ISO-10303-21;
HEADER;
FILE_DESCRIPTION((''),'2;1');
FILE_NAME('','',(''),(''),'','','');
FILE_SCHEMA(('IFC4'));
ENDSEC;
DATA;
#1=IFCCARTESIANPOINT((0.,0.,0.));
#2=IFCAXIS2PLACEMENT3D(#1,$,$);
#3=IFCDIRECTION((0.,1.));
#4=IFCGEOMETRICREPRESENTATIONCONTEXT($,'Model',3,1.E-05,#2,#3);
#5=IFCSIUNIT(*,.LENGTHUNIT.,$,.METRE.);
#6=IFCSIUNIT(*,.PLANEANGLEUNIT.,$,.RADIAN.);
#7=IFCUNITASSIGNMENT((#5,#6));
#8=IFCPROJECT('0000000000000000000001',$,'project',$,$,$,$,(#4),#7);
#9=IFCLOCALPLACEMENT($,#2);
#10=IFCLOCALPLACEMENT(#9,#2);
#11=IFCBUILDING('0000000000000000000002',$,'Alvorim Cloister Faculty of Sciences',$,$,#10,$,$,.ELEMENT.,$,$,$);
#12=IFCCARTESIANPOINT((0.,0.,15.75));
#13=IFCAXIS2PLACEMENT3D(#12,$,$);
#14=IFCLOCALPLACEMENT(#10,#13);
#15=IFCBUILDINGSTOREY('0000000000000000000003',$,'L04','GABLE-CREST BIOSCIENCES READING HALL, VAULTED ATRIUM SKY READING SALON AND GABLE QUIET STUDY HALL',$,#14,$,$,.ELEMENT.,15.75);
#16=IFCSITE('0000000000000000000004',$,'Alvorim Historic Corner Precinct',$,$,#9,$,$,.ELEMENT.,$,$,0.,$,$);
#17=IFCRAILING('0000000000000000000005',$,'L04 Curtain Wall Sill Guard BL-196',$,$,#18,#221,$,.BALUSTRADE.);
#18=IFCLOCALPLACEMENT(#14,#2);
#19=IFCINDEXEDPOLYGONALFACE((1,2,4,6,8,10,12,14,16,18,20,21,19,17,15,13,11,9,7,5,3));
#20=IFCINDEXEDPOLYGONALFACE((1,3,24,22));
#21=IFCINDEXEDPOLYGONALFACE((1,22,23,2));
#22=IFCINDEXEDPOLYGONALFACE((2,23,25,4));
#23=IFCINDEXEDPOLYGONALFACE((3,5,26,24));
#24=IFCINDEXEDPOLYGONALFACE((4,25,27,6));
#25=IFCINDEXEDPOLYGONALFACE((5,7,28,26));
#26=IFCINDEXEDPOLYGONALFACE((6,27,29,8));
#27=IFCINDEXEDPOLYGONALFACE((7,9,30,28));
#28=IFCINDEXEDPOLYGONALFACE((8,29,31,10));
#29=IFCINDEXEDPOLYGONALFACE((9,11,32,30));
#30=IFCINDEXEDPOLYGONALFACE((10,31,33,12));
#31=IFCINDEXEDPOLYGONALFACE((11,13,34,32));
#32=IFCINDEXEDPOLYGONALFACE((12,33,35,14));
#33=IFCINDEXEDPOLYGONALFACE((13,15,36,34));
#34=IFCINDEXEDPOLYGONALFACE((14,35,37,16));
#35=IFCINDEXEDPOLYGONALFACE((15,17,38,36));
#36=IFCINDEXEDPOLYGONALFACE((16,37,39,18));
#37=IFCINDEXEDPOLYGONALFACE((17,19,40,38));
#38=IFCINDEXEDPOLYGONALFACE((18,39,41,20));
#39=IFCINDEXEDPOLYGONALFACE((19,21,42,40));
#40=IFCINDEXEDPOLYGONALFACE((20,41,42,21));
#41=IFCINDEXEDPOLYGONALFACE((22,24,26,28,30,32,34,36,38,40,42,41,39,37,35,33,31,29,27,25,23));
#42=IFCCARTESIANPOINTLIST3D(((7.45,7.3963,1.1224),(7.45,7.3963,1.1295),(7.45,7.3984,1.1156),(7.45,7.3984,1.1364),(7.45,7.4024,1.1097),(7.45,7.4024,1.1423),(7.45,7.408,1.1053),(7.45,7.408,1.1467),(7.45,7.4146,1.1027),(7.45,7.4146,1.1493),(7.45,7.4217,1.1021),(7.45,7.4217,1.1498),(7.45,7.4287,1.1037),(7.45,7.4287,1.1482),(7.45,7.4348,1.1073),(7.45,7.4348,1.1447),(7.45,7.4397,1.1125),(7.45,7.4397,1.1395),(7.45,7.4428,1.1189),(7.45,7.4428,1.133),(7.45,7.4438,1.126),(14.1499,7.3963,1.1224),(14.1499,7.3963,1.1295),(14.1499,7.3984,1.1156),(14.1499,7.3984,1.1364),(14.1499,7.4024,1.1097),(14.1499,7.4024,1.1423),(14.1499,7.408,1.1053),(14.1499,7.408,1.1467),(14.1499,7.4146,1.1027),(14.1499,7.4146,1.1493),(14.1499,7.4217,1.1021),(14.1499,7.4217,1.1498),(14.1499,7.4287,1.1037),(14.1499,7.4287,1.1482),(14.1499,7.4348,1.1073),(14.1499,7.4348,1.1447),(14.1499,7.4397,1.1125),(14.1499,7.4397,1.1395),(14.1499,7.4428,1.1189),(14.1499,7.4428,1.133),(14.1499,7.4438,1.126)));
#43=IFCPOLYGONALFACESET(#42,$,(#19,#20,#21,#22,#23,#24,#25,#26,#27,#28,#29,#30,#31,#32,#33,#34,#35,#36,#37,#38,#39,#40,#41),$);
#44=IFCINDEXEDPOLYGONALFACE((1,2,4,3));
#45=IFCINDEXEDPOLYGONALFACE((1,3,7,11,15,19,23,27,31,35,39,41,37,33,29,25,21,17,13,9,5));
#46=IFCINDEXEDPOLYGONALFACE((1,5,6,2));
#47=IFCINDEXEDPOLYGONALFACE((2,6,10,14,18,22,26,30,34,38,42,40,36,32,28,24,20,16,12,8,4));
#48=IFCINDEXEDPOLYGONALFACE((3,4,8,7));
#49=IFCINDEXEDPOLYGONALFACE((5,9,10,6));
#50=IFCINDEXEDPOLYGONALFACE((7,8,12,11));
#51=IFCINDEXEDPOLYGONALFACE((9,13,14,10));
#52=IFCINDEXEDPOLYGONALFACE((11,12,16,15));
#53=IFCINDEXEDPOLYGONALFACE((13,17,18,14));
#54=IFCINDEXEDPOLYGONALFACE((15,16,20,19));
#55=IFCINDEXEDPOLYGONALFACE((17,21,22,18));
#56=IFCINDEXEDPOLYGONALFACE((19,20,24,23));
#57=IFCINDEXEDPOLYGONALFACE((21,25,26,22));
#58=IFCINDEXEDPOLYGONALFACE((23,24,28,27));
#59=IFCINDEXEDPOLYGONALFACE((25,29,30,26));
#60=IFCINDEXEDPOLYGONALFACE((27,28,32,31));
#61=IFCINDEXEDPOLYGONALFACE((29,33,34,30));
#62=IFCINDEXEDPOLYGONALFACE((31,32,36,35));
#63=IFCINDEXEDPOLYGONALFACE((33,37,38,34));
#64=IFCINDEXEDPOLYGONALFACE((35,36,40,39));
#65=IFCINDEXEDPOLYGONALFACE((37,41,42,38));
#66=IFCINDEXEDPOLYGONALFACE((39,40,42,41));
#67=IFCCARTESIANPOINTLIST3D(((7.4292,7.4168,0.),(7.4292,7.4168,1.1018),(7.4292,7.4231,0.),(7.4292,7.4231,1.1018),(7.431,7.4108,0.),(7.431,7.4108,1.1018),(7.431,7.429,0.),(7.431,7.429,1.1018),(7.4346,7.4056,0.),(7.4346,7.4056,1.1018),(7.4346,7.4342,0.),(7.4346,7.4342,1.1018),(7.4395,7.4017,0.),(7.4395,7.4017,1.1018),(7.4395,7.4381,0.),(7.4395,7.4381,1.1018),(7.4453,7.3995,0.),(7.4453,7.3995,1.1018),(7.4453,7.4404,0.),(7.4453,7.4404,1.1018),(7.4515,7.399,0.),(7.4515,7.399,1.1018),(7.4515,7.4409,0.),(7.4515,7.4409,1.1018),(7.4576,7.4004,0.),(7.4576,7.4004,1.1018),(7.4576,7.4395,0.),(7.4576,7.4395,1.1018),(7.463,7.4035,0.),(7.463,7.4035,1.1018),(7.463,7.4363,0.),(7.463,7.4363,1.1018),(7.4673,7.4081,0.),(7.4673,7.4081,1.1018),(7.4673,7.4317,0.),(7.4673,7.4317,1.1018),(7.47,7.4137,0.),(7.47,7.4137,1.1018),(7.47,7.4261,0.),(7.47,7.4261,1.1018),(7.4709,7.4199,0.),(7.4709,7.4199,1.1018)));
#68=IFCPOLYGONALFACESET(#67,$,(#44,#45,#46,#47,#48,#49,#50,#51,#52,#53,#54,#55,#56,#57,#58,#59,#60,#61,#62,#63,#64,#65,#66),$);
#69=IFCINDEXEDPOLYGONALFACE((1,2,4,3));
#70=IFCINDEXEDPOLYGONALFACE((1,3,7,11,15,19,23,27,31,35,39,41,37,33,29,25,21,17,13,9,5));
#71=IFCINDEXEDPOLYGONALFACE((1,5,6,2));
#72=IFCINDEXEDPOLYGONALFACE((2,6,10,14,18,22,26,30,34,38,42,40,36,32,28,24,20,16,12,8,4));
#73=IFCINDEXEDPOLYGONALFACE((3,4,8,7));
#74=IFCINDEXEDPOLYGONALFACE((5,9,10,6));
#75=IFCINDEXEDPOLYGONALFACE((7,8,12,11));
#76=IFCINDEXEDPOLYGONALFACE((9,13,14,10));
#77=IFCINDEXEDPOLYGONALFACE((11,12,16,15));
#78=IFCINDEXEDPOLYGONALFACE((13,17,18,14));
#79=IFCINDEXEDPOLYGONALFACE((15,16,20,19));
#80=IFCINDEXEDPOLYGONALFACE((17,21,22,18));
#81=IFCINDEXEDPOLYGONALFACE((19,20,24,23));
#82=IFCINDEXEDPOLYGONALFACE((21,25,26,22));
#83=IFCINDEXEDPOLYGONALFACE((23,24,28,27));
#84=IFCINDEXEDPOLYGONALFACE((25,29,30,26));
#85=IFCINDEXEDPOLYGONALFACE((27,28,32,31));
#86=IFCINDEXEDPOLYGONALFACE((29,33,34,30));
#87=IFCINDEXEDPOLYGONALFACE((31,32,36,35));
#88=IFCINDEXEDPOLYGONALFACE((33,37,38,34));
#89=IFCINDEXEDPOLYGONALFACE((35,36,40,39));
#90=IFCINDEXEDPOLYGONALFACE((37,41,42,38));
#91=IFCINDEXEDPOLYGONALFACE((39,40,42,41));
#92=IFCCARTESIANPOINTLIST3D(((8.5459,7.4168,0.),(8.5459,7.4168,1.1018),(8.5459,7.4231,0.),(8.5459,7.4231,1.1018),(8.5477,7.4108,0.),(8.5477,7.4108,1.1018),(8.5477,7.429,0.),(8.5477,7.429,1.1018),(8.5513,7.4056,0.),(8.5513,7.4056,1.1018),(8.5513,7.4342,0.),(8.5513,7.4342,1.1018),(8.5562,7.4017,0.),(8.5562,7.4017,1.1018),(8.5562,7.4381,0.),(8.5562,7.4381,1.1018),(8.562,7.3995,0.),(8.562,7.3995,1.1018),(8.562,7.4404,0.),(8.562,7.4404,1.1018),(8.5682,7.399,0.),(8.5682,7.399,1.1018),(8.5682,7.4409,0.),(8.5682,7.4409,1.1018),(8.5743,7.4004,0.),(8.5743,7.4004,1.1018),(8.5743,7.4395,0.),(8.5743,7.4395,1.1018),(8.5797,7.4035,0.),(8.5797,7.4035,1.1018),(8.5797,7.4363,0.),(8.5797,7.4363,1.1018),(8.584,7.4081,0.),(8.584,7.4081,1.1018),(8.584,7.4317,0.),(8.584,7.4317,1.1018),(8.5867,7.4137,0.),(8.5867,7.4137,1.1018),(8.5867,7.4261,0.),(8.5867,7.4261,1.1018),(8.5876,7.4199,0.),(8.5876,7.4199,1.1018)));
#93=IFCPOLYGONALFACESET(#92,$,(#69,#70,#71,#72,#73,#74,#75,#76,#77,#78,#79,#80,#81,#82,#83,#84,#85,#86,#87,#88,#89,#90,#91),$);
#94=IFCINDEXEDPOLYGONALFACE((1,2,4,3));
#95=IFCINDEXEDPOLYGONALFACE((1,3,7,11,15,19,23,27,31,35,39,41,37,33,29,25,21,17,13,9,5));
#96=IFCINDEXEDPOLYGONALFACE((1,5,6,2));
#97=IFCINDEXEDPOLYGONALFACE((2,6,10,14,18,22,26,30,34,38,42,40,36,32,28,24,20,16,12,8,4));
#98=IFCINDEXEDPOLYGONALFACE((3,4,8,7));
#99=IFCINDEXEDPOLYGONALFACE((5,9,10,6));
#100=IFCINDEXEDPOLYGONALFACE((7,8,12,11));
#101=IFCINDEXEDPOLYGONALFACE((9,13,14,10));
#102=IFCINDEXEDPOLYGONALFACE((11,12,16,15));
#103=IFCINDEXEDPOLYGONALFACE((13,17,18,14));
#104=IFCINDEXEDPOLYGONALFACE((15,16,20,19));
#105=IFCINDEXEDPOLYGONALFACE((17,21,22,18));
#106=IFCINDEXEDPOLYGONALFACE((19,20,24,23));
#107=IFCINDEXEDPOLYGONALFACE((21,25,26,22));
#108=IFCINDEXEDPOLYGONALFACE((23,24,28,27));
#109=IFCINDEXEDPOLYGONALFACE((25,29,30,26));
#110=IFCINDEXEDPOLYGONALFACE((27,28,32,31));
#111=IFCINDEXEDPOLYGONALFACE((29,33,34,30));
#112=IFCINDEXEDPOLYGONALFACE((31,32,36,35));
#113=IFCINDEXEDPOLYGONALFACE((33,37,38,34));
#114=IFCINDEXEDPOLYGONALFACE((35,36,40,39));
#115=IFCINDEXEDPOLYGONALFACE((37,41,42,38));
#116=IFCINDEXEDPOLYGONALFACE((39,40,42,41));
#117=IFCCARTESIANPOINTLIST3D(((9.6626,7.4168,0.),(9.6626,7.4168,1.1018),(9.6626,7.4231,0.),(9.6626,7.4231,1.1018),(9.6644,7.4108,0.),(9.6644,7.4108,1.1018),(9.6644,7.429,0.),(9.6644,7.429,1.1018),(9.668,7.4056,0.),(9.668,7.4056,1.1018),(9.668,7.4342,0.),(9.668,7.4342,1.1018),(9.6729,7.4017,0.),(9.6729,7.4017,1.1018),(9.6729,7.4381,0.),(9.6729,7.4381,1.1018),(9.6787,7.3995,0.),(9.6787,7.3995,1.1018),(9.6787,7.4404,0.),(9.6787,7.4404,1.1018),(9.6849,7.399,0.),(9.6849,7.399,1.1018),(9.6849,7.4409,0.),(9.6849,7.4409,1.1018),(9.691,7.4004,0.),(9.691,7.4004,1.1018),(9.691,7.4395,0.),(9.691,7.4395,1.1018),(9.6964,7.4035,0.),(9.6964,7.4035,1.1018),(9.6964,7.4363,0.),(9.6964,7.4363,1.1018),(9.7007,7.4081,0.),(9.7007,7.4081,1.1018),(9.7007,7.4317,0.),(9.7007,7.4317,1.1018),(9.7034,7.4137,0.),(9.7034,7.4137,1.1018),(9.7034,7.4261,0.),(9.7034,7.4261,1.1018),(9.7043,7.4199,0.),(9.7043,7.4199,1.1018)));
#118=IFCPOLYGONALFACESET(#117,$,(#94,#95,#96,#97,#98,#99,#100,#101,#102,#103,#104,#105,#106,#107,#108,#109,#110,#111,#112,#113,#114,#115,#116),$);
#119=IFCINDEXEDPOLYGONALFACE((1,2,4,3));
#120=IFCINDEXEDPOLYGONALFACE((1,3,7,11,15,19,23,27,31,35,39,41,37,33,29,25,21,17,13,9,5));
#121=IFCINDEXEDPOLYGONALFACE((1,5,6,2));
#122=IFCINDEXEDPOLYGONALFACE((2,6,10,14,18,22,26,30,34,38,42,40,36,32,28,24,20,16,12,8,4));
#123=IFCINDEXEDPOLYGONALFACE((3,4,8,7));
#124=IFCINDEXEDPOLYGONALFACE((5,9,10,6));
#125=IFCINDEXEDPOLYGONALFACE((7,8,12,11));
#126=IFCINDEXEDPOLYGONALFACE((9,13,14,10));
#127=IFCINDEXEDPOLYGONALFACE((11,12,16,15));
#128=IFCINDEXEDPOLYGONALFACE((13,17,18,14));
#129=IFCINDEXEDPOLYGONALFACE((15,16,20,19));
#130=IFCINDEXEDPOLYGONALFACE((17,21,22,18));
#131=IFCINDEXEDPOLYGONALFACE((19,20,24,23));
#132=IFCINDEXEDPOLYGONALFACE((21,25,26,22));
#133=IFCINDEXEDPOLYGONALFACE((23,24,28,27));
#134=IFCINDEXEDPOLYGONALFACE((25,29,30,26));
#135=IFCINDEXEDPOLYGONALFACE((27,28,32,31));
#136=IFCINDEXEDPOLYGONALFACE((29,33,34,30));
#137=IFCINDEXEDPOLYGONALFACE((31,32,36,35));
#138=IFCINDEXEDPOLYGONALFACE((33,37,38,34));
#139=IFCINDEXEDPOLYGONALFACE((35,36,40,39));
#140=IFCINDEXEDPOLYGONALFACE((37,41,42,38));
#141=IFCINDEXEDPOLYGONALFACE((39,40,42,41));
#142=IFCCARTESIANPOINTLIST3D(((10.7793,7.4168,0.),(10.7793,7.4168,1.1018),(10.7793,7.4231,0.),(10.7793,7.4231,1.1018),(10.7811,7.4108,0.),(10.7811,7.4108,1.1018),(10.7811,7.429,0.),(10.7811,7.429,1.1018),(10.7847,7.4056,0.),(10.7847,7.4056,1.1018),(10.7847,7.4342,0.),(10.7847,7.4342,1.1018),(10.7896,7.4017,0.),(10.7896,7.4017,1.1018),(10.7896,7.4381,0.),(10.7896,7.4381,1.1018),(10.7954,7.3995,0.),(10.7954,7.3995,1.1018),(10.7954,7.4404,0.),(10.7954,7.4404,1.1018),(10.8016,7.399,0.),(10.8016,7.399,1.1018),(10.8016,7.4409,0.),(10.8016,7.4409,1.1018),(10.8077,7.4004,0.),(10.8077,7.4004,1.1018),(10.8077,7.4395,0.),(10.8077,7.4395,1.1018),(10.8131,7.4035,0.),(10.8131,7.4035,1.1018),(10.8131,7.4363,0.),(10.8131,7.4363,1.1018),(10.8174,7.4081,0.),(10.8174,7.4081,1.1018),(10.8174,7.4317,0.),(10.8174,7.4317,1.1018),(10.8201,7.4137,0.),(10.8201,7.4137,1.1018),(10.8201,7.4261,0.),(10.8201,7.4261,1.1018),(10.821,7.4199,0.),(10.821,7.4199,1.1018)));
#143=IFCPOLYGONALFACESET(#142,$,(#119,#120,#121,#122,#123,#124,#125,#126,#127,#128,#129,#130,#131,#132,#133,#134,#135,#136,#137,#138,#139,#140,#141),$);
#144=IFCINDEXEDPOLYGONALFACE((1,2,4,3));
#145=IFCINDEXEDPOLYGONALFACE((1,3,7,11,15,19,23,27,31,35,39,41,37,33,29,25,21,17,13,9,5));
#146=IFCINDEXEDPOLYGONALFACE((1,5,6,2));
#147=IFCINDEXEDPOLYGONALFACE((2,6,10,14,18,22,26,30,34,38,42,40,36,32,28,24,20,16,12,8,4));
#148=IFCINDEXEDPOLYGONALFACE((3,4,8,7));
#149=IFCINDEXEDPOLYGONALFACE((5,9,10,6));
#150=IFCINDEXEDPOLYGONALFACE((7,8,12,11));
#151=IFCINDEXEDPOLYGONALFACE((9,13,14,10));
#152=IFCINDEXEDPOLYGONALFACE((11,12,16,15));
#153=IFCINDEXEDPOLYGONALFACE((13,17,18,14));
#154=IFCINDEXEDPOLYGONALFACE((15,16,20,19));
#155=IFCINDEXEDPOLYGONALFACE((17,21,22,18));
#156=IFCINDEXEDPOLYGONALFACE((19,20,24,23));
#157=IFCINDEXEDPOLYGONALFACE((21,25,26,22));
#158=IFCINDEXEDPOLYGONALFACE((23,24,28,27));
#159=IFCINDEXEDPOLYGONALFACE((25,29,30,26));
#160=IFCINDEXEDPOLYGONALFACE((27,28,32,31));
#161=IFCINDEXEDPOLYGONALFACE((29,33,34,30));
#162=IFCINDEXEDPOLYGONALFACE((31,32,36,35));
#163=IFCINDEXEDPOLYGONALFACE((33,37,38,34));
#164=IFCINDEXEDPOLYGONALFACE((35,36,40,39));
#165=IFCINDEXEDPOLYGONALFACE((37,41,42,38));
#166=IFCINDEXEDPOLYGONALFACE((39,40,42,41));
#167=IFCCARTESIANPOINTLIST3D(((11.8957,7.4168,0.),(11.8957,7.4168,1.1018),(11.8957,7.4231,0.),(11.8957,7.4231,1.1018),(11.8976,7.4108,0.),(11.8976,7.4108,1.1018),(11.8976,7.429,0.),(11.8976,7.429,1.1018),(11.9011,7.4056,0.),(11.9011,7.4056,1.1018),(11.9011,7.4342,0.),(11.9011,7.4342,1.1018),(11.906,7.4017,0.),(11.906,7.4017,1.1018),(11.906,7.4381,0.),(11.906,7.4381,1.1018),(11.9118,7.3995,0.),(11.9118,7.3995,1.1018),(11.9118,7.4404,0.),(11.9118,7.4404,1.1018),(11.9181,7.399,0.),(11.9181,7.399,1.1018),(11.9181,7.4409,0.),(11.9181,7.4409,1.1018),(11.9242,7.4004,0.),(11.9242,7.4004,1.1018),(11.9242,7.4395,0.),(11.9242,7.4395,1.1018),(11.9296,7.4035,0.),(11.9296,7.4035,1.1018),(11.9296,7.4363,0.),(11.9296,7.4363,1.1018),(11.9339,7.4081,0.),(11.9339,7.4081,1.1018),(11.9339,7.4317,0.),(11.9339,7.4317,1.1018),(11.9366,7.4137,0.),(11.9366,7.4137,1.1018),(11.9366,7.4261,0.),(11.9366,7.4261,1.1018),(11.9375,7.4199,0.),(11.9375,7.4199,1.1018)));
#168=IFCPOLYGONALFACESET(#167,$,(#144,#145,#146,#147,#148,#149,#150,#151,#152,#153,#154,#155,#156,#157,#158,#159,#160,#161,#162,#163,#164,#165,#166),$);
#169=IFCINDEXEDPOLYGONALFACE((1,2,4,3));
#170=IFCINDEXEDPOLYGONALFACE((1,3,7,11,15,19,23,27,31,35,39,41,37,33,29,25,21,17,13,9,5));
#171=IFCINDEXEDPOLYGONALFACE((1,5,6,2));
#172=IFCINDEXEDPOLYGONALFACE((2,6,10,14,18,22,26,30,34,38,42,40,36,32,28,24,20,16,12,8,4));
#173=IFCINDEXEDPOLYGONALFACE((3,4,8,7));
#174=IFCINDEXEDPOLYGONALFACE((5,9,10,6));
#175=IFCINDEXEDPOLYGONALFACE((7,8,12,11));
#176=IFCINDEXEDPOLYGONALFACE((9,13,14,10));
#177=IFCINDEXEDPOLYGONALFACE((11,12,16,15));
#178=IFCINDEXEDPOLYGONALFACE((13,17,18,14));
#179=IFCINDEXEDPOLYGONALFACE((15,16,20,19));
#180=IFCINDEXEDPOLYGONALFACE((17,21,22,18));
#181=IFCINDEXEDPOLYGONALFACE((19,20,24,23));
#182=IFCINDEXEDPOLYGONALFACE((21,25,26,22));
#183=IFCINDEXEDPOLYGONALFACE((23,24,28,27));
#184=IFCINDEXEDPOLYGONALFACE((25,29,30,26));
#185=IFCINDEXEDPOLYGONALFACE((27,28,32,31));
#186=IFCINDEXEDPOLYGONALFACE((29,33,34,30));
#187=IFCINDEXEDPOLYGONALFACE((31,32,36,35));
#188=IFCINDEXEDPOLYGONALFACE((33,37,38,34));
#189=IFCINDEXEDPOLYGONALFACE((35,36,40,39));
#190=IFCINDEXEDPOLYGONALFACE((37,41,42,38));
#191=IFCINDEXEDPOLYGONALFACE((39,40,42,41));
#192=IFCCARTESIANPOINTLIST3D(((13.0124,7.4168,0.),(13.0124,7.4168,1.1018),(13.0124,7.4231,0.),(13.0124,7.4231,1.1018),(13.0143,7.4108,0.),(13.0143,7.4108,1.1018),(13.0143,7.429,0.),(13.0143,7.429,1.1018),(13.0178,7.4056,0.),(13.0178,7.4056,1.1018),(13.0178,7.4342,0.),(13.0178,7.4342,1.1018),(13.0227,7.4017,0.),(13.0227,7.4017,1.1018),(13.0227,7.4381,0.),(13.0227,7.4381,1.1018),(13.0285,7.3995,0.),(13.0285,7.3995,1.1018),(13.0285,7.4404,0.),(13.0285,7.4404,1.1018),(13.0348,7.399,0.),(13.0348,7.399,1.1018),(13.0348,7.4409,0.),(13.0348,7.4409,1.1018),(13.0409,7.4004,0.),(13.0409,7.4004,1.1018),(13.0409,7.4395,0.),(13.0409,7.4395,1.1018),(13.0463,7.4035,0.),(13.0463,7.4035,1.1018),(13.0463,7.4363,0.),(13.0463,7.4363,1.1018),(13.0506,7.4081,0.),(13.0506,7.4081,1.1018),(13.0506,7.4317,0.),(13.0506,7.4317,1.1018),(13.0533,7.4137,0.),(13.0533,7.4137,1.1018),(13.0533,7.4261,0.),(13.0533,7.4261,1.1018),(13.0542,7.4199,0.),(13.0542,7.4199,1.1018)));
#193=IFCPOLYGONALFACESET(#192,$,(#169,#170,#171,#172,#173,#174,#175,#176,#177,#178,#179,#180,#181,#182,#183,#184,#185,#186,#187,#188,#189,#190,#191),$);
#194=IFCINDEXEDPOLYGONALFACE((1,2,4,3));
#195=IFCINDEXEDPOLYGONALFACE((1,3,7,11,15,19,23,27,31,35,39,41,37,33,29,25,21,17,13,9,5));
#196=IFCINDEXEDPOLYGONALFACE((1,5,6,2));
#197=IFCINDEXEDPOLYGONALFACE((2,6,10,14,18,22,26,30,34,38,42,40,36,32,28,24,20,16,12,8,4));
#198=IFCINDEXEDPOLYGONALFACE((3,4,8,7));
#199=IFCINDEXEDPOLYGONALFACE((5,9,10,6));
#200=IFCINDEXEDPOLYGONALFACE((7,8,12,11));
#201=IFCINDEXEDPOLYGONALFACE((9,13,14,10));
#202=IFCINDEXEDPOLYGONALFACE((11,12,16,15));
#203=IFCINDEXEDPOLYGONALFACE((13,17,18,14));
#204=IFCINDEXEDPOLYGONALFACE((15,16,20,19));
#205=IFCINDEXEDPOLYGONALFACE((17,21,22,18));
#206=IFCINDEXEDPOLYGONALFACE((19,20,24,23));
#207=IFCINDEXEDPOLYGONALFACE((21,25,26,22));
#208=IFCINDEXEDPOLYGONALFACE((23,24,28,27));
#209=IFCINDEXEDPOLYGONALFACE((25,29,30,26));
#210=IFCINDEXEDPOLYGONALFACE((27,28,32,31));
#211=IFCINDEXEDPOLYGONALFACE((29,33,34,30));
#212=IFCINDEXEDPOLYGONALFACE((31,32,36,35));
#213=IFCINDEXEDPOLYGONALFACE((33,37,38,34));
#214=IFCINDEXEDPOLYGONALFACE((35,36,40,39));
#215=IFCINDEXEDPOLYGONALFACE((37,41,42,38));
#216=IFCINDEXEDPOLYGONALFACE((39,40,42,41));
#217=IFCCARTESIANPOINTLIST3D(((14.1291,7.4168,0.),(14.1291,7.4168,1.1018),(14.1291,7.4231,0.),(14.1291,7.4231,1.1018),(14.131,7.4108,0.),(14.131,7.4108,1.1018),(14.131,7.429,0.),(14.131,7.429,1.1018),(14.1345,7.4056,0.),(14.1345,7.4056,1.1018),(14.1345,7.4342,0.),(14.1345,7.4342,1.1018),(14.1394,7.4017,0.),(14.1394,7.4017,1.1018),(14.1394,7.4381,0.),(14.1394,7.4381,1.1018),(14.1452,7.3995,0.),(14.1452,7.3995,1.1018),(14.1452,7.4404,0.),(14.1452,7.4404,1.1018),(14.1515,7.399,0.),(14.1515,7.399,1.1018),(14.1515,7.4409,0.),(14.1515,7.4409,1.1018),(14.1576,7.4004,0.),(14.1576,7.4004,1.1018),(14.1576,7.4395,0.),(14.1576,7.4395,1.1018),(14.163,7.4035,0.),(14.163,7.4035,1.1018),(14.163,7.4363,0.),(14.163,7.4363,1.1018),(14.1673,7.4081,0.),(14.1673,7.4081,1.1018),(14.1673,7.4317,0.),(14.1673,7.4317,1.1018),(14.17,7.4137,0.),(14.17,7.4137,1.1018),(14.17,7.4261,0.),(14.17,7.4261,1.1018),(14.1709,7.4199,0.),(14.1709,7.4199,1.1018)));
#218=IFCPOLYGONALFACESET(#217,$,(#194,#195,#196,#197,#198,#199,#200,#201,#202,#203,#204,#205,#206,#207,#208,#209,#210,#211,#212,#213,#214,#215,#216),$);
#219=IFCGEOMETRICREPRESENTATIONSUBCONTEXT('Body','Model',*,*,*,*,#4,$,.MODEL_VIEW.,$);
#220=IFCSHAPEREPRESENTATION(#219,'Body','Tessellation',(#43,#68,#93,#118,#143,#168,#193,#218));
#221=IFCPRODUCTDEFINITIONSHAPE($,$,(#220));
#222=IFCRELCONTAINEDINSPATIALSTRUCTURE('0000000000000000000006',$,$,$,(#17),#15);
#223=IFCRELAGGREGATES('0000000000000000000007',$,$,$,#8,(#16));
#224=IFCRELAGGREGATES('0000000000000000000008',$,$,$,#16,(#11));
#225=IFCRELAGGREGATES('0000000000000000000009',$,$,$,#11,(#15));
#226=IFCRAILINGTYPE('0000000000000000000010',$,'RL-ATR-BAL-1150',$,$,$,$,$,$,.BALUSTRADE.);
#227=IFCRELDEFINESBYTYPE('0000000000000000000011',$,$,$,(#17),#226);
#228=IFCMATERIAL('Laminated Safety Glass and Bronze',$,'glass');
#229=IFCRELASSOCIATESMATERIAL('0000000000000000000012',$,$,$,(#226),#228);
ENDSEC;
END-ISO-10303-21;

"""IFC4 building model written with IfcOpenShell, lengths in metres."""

from ifc_helpers import new_model, si_unit, direction, frame, origin, origin_2d, place, context, subcontext, project, spatial, circle, extrude, material, type_object, element, save


model = new_model("IFC4")

# Units and contexts
model_context = context("Model", 3, precision=1e-05, world=origin(), true_north=direction((0.0, 1.0)))
body_context = subcontext(model_context, "Body", "Model", "MODEL_VIEW")
ifc_project = project(units=[si_unit("LENGTHUNIT", "METRE"), si_unit("PLANEANGLEUNIT", "RADIAN")], contexts=[model_context])

# Site, building, storey
site_placement = place(None, origin())
site = spatial("IfcSite", under=ifc_project, at=site_placement, Name="Alvorim Historic Corner Precinct", CompositionType="ELEMENT", RefElevation=0.0)
building_placement = place(site_placement, origin())
building = spatial("IfcBuilding", under=site, at=building_placement, Name="Alvorim Cloister Faculty of Sciences", CompositionType="ELEMENT")
storey_placement = place(building_placement, frame((0.0, 0.0, 15.75)))
storey = spatial("IfcBuildingStorey", under=building, at=storey_placement, Name="L04", Description="GABLE-CREST BIOSCIENCES READING HALL, VAULTED ATRIUM SKY READING SALON AND GABLE QUIET STUDY HALL", CompositionType="ELEMENT", Elevation=15.75)

# Railing
ifc_material_1 = material(Name="Laminated Safety Glass and Bronze", Category="glass")
railing_type_1 = type_object("IfcRailingType", Name="RL-ATR-BAL-1150", PredefinedType="BALUSTRADE", material=ifc_material_1)
railing_1_placement = place(storey_placement, frame((7.45, 7.4199, 0.0)))
element("IfcRailing", 1, at=railing_1_placement, inside=storey, type_object=railing_type_1, Name="L04 Curtain Wall Sill Guard BL-196", PredefinedType="BALUSTRADE", context=body_context, shape_type="SweptSolid", body=[
    extrude(circle(Radius=0.0239, at=origin_2d()), frame((0.0, 0.0, 1.126), z_axis=(1.0, 0.0, 0.0), x_axis=(0.0, 1.0, 0.0)), (0.0, 0.0, 1.0), 6.7),
    extrude(circle(Radius=0.021, at=origin_2d()), origin(), (0.0, 0.0, 1.0), 1.1018),
    extrude(circle(Radius=0.021, at=origin_2d()), frame((1.1167, 0.0, 0.0)), (0.0, 0.0, 1.0), 1.1018),
    extrude(circle(Radius=0.021, at=origin_2d()), frame((2.2334, 0.0, 0.0)), (0.0, 0.0, 1.0), 1.1018),
    extrude(circle(Radius=0.021, at=origin_2d()), frame((3.3501, 0.0, 0.0)), (0.0, 0.0, 1.0), 1.1018),
    extrude(circle(Radius=0.021, at=origin_2d()), frame((4.4666, 0.0, 0.0)), (0.0, 0.0, 1.0), 1.1018),
    extrude(circle(Radius=0.021, at=origin_2d()), frame((5.5833, 0.0, 0.0)), (0.0, 0.0, 1.0), 1.1018),
    extrude(circle(Radius=0.021, at=origin_2d()), frame((6.7, 0.0, 0.0)), (0.0, 0.0, 1.0), 1.1018),
])

save(model, "model.ifc")
